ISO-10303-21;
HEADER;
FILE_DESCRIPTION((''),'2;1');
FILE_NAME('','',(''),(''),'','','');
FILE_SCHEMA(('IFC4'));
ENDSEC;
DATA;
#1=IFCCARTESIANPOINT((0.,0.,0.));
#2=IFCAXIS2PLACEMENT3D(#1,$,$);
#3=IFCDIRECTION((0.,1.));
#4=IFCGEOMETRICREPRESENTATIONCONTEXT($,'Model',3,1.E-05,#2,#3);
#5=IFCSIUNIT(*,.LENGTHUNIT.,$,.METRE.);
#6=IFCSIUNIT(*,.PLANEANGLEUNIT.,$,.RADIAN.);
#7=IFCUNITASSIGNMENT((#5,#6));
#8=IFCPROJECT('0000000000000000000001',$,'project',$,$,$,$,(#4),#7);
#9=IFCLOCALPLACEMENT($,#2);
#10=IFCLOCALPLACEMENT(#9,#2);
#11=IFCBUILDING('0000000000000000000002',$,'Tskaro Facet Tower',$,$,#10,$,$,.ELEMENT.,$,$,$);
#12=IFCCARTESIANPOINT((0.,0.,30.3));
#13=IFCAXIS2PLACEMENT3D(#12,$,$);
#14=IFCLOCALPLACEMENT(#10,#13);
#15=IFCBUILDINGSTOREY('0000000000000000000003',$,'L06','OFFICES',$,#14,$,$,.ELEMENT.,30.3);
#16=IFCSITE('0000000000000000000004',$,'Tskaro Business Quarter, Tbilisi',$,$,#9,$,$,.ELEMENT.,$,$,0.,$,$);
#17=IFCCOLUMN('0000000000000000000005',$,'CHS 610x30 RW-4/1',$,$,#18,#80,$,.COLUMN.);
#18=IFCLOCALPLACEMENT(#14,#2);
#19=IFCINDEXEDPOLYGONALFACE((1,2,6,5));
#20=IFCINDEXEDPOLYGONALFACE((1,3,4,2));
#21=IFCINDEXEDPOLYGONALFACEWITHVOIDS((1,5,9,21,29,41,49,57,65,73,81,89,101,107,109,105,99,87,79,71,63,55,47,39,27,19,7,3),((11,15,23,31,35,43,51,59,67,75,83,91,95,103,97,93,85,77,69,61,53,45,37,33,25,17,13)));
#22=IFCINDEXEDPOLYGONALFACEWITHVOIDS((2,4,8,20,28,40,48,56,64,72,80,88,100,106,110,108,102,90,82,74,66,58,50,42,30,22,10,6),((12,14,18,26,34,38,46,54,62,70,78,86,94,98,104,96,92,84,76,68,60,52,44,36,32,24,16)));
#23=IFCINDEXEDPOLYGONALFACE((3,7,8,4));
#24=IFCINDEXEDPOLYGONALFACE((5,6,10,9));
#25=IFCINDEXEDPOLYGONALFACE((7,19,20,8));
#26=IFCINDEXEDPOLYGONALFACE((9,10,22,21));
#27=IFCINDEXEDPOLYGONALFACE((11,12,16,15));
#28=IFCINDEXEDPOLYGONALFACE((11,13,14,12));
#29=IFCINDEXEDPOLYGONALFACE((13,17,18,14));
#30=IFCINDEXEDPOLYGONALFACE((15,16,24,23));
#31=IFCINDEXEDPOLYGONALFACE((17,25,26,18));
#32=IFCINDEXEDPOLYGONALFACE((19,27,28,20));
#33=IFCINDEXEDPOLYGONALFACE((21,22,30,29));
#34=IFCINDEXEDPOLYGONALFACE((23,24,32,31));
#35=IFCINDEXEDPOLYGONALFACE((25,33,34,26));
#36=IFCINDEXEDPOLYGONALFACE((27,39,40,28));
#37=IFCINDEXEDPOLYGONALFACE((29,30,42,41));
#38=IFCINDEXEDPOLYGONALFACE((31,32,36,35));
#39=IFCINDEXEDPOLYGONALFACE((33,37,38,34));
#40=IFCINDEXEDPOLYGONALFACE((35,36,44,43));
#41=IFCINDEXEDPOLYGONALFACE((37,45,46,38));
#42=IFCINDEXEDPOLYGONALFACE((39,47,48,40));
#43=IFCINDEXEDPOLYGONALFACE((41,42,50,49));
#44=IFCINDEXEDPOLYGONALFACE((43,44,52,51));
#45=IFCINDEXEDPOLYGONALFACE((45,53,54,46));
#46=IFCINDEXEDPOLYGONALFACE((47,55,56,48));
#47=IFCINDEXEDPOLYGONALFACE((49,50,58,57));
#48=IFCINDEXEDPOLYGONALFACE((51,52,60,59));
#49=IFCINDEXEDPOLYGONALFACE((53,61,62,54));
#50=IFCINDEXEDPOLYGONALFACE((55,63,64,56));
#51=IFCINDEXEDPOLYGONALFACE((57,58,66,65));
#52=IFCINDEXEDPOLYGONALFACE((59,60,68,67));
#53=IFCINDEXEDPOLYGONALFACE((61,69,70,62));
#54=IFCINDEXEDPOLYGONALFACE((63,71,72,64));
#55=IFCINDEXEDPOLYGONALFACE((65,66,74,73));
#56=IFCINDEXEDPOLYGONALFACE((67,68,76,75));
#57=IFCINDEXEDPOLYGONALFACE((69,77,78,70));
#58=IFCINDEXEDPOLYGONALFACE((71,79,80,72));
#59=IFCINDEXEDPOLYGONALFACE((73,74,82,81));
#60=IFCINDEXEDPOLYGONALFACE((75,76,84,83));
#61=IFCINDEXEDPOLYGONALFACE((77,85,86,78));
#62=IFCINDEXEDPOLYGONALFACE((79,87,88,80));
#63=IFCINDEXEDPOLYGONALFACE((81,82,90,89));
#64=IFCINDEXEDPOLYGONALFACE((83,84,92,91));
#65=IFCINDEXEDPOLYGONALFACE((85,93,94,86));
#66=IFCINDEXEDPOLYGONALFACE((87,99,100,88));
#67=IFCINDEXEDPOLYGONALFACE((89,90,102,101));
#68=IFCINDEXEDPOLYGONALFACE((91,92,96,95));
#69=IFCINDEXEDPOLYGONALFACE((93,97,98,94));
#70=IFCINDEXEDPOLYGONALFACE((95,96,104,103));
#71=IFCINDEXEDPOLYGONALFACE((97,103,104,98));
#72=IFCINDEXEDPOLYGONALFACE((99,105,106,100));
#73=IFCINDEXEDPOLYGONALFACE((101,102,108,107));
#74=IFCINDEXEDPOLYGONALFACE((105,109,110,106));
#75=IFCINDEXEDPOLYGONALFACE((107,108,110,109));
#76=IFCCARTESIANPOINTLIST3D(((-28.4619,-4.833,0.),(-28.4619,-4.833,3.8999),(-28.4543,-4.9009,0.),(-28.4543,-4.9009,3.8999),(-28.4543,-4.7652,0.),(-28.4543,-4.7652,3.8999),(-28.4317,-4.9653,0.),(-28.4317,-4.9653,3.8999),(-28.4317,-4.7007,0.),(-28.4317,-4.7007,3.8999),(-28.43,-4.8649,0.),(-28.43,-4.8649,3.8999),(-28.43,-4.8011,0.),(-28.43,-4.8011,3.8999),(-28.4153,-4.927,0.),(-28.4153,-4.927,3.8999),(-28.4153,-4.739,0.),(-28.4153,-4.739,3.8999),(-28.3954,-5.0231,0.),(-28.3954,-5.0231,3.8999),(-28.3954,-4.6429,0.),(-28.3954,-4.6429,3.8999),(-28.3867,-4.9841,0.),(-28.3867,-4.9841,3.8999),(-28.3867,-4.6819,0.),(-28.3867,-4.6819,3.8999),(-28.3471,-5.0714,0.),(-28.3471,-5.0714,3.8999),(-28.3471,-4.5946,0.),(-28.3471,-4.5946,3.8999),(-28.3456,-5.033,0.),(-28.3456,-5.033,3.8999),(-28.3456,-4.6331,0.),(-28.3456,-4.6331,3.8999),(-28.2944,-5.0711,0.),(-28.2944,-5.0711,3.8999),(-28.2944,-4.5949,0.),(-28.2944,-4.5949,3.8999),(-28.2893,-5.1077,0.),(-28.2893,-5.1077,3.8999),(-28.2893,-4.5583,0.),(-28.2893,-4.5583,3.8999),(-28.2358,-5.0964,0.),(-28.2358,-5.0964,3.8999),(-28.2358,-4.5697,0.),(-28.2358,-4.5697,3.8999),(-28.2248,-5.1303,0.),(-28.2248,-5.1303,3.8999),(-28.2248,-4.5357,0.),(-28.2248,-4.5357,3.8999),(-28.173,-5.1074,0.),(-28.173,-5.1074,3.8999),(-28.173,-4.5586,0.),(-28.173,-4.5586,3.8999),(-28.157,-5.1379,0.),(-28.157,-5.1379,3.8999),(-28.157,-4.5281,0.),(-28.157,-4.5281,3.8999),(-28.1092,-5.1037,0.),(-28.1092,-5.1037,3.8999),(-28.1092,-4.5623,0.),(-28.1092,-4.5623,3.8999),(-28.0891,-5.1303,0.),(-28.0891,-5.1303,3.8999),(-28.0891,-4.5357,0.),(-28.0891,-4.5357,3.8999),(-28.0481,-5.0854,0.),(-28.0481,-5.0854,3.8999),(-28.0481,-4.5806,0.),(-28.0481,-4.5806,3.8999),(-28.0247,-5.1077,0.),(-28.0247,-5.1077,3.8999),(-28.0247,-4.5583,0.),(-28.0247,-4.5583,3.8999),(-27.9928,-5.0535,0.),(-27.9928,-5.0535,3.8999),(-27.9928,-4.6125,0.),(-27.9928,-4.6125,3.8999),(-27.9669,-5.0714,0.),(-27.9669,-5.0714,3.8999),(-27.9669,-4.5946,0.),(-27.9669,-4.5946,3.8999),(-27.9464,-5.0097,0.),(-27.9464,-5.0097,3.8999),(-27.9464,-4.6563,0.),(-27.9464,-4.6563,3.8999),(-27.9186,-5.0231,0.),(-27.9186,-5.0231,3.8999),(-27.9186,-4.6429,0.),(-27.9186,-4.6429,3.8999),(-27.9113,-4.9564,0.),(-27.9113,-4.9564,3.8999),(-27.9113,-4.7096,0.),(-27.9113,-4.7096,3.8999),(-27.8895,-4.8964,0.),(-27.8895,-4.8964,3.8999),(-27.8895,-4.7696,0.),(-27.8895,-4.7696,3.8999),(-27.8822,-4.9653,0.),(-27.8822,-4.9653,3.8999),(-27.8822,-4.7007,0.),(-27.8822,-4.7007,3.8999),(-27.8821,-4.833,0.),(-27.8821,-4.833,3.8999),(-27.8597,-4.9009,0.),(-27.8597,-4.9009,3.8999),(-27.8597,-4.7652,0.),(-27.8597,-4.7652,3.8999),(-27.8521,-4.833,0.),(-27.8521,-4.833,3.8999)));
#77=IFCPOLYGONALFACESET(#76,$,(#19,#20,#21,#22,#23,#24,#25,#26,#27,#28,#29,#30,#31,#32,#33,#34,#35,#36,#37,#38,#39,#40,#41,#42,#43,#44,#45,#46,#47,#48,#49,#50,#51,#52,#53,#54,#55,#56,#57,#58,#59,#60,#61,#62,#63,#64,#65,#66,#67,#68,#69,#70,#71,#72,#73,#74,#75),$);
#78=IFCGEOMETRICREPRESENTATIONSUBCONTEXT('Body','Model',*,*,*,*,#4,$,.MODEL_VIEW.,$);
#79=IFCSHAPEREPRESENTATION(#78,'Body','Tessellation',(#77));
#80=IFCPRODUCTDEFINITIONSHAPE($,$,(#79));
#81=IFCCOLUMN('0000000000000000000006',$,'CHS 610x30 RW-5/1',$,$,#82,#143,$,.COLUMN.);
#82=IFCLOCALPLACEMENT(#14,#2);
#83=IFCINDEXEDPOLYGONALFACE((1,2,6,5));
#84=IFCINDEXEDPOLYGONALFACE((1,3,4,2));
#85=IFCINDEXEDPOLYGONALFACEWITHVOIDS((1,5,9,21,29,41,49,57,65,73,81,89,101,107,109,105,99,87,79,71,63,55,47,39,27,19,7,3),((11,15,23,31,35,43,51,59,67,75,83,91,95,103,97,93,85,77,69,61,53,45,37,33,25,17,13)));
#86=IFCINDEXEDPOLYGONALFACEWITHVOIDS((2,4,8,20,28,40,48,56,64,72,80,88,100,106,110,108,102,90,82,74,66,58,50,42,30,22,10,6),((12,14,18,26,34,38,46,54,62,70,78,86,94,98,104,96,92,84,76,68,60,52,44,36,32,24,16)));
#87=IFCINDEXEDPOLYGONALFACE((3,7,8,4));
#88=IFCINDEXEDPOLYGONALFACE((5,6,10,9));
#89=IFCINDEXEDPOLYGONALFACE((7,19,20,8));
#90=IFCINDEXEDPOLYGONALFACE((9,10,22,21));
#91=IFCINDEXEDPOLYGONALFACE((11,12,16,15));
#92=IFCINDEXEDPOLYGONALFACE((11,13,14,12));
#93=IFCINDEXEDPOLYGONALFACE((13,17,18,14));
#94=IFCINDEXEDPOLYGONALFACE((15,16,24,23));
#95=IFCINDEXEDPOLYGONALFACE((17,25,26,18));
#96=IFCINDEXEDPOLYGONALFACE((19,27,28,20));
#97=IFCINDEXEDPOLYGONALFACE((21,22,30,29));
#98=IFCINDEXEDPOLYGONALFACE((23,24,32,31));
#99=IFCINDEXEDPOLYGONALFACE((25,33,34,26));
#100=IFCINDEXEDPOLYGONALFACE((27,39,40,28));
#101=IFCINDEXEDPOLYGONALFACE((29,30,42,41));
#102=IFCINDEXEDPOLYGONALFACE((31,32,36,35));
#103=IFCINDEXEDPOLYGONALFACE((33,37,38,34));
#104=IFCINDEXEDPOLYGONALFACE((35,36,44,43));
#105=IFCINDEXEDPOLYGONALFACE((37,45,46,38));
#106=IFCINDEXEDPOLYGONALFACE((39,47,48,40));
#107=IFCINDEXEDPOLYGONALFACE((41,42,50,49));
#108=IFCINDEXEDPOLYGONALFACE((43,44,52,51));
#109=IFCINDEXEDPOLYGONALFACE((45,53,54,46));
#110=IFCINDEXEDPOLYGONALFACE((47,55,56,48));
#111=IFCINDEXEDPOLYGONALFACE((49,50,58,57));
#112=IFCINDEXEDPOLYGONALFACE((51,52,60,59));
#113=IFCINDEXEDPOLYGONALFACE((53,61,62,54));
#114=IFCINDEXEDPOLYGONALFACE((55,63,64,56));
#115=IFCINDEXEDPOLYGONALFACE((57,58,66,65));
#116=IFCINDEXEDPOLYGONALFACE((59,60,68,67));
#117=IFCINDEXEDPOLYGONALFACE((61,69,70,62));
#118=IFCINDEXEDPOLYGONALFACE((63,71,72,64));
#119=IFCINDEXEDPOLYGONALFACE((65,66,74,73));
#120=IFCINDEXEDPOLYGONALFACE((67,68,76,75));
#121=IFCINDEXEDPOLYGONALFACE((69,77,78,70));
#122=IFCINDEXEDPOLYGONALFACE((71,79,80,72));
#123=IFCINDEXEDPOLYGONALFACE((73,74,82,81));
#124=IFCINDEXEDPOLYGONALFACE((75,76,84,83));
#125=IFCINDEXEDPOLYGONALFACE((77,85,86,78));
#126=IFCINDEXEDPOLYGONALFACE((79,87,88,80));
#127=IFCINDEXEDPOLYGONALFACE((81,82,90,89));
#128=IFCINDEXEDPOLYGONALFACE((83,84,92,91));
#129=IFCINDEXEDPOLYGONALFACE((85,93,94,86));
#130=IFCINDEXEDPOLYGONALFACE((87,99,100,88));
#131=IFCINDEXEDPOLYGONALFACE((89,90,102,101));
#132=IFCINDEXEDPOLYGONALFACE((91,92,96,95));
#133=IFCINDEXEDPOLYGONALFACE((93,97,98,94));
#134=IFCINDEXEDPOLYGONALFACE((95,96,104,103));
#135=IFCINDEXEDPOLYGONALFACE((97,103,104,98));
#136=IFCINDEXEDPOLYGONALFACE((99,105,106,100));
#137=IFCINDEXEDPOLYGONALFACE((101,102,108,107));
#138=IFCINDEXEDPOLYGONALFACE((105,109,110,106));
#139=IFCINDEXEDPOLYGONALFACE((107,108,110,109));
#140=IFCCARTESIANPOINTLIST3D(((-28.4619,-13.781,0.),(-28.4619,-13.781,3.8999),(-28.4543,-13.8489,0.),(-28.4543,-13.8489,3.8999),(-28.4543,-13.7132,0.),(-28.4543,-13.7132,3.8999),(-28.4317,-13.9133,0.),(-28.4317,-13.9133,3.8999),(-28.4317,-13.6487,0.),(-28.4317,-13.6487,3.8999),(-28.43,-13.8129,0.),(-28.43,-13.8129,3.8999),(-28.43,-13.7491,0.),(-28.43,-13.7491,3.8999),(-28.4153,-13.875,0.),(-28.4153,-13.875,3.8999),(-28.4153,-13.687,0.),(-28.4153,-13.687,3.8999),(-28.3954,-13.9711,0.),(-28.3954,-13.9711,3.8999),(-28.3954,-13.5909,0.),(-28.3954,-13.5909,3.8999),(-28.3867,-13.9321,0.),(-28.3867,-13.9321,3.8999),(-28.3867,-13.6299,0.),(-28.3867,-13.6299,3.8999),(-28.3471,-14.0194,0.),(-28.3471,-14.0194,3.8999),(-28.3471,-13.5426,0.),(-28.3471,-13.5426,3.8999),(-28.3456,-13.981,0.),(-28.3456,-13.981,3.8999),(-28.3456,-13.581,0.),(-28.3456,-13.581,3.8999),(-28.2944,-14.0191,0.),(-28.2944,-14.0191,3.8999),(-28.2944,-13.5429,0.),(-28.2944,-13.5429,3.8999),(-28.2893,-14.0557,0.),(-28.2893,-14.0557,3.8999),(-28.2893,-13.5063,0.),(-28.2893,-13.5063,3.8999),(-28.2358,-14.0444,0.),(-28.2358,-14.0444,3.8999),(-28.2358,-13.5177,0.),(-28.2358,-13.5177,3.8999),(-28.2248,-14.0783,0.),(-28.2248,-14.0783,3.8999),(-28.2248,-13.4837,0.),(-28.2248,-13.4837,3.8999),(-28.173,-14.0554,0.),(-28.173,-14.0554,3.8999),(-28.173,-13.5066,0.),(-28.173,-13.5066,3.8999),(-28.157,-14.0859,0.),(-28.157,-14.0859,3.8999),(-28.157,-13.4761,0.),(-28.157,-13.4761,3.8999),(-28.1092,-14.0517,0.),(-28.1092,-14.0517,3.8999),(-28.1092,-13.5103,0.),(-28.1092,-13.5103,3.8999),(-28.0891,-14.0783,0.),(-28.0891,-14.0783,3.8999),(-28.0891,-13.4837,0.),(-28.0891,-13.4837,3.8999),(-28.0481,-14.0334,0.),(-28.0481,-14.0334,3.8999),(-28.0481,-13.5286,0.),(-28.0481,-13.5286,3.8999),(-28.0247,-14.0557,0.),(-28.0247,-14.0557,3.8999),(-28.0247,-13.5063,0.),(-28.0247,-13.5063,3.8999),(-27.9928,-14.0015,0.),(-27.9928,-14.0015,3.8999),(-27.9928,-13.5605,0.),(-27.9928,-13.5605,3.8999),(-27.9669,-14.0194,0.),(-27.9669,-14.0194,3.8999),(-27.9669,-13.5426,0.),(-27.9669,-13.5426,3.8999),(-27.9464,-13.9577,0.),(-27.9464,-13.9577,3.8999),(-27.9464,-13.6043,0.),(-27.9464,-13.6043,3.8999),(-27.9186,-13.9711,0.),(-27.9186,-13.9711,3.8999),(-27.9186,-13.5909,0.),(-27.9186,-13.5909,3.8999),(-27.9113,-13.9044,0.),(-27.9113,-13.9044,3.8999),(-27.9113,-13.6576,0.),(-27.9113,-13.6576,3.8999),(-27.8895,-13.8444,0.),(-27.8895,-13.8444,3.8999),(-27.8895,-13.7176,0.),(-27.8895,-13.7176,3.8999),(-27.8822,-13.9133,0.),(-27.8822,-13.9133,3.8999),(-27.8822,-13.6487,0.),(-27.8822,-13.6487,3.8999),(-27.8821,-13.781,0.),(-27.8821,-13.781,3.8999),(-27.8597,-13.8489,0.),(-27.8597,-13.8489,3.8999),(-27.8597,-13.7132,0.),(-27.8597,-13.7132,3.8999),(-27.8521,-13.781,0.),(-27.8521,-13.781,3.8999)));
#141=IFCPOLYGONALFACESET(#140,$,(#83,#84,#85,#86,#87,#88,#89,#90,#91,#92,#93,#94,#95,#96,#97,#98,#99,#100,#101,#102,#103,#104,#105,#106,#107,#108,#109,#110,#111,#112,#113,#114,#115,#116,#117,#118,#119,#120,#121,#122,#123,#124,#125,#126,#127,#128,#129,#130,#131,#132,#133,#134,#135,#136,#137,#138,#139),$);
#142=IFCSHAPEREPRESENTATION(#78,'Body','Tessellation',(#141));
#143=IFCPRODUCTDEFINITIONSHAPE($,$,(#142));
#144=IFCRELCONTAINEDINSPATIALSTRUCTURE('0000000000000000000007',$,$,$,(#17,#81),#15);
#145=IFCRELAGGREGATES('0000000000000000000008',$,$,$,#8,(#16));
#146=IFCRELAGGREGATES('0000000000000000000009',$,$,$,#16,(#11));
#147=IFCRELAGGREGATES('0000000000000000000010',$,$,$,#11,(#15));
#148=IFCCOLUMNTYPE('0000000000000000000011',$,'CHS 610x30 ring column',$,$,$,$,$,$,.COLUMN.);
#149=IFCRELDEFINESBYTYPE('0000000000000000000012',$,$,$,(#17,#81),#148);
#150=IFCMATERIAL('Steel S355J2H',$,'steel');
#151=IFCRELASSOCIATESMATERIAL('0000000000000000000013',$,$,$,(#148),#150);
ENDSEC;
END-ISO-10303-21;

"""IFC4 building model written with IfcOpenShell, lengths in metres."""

from ifc_helpers import new_model, si_unit, direction, frame, origin, origin_2d, place, context, subcontext, project, spatial, hollow_circle, extrude, material, material_profile, profile_set, type_object, element, save


model = new_model("IFC4")

# Units and contexts
model_context = context("Model", 3, precision=1e-05, world=origin(), true_north=direction((0.0, 1.0)))
body_context = subcontext(model_context, "Body", "Model", "MODEL_VIEW")
ifc_project = project(units=[si_unit("LENGTHUNIT", "METRE"), si_unit("PLANEANGLEUNIT", "RADIAN")], contexts=[model_context])

# Site, building, storey
site_placement = place(None, origin())
site = spatial("IfcSite", under=ifc_project, at=site_placement, Name="Tskaro Business Quarter, Tbilisi", CompositionType="ELEMENT", RefElevation=0.0)
building_placement = place(site_placement, origin())
building = spatial("IfcBuilding", under=site, at=building_placement, Name="Tskaro Facet Tower", CompositionType="ELEMENT")
storey_placement = place(building_placement, frame((0.0, 0.0, 30.3)))
storey = spatial("IfcBuildingStorey", under=building, at=storey_placement, Name="L06", Description="OFFICES", CompositionType="ELEMENT", Elevation=30.3)

# Columns
ifc_material_1 = material(Name="Steel S355J2H", Category="steel")
ifc_material_profile_1 = material_profile(ifc_material_1, hollow_circle(Radius=0.3049, WallThickness=0.03, at=origin_2d()), Name="CHS 610x30")
ifc_profile_set_1 = profile_set([ifc_material_profile_1], Name="Steel S355J2H")
column_type_1 = type_object("IfcColumnType", Name="CHS 610x30 ring column", PredefinedType="COLUMN", material=ifc_profile_set_1)
for number, where, z_axis, x_axis, name in (
    (1, (-28.157, -4.833, 0.0), (0.0, 0.0, 1.0), (1.0, 0.0, 0.0), "CHS 610x30 RW-4/1"),
    (2, (-28.157, -13.781, 0.0), (0.0, 0.0, 1.0), (1.0, 0.0, 0.0), "CHS 610x30 RW-5/1"),
):
    element("IfcColumn", number, at=place(storey_placement, frame(where, z_axis=z_axis, x_axis=x_axis)), inside=storey, type_object=column_type_1, Name=name, PredefinedType="COLUMN", context=body_context, shape_type="SweptSolid", body=[
        extrude(hollow_circle(Radius=0.3049, WallThickness=0.03, at=origin_2d()), origin(), (0.0, 0.0, 1.0), 3.8999),
    ])

save(model, "model.ifc")
